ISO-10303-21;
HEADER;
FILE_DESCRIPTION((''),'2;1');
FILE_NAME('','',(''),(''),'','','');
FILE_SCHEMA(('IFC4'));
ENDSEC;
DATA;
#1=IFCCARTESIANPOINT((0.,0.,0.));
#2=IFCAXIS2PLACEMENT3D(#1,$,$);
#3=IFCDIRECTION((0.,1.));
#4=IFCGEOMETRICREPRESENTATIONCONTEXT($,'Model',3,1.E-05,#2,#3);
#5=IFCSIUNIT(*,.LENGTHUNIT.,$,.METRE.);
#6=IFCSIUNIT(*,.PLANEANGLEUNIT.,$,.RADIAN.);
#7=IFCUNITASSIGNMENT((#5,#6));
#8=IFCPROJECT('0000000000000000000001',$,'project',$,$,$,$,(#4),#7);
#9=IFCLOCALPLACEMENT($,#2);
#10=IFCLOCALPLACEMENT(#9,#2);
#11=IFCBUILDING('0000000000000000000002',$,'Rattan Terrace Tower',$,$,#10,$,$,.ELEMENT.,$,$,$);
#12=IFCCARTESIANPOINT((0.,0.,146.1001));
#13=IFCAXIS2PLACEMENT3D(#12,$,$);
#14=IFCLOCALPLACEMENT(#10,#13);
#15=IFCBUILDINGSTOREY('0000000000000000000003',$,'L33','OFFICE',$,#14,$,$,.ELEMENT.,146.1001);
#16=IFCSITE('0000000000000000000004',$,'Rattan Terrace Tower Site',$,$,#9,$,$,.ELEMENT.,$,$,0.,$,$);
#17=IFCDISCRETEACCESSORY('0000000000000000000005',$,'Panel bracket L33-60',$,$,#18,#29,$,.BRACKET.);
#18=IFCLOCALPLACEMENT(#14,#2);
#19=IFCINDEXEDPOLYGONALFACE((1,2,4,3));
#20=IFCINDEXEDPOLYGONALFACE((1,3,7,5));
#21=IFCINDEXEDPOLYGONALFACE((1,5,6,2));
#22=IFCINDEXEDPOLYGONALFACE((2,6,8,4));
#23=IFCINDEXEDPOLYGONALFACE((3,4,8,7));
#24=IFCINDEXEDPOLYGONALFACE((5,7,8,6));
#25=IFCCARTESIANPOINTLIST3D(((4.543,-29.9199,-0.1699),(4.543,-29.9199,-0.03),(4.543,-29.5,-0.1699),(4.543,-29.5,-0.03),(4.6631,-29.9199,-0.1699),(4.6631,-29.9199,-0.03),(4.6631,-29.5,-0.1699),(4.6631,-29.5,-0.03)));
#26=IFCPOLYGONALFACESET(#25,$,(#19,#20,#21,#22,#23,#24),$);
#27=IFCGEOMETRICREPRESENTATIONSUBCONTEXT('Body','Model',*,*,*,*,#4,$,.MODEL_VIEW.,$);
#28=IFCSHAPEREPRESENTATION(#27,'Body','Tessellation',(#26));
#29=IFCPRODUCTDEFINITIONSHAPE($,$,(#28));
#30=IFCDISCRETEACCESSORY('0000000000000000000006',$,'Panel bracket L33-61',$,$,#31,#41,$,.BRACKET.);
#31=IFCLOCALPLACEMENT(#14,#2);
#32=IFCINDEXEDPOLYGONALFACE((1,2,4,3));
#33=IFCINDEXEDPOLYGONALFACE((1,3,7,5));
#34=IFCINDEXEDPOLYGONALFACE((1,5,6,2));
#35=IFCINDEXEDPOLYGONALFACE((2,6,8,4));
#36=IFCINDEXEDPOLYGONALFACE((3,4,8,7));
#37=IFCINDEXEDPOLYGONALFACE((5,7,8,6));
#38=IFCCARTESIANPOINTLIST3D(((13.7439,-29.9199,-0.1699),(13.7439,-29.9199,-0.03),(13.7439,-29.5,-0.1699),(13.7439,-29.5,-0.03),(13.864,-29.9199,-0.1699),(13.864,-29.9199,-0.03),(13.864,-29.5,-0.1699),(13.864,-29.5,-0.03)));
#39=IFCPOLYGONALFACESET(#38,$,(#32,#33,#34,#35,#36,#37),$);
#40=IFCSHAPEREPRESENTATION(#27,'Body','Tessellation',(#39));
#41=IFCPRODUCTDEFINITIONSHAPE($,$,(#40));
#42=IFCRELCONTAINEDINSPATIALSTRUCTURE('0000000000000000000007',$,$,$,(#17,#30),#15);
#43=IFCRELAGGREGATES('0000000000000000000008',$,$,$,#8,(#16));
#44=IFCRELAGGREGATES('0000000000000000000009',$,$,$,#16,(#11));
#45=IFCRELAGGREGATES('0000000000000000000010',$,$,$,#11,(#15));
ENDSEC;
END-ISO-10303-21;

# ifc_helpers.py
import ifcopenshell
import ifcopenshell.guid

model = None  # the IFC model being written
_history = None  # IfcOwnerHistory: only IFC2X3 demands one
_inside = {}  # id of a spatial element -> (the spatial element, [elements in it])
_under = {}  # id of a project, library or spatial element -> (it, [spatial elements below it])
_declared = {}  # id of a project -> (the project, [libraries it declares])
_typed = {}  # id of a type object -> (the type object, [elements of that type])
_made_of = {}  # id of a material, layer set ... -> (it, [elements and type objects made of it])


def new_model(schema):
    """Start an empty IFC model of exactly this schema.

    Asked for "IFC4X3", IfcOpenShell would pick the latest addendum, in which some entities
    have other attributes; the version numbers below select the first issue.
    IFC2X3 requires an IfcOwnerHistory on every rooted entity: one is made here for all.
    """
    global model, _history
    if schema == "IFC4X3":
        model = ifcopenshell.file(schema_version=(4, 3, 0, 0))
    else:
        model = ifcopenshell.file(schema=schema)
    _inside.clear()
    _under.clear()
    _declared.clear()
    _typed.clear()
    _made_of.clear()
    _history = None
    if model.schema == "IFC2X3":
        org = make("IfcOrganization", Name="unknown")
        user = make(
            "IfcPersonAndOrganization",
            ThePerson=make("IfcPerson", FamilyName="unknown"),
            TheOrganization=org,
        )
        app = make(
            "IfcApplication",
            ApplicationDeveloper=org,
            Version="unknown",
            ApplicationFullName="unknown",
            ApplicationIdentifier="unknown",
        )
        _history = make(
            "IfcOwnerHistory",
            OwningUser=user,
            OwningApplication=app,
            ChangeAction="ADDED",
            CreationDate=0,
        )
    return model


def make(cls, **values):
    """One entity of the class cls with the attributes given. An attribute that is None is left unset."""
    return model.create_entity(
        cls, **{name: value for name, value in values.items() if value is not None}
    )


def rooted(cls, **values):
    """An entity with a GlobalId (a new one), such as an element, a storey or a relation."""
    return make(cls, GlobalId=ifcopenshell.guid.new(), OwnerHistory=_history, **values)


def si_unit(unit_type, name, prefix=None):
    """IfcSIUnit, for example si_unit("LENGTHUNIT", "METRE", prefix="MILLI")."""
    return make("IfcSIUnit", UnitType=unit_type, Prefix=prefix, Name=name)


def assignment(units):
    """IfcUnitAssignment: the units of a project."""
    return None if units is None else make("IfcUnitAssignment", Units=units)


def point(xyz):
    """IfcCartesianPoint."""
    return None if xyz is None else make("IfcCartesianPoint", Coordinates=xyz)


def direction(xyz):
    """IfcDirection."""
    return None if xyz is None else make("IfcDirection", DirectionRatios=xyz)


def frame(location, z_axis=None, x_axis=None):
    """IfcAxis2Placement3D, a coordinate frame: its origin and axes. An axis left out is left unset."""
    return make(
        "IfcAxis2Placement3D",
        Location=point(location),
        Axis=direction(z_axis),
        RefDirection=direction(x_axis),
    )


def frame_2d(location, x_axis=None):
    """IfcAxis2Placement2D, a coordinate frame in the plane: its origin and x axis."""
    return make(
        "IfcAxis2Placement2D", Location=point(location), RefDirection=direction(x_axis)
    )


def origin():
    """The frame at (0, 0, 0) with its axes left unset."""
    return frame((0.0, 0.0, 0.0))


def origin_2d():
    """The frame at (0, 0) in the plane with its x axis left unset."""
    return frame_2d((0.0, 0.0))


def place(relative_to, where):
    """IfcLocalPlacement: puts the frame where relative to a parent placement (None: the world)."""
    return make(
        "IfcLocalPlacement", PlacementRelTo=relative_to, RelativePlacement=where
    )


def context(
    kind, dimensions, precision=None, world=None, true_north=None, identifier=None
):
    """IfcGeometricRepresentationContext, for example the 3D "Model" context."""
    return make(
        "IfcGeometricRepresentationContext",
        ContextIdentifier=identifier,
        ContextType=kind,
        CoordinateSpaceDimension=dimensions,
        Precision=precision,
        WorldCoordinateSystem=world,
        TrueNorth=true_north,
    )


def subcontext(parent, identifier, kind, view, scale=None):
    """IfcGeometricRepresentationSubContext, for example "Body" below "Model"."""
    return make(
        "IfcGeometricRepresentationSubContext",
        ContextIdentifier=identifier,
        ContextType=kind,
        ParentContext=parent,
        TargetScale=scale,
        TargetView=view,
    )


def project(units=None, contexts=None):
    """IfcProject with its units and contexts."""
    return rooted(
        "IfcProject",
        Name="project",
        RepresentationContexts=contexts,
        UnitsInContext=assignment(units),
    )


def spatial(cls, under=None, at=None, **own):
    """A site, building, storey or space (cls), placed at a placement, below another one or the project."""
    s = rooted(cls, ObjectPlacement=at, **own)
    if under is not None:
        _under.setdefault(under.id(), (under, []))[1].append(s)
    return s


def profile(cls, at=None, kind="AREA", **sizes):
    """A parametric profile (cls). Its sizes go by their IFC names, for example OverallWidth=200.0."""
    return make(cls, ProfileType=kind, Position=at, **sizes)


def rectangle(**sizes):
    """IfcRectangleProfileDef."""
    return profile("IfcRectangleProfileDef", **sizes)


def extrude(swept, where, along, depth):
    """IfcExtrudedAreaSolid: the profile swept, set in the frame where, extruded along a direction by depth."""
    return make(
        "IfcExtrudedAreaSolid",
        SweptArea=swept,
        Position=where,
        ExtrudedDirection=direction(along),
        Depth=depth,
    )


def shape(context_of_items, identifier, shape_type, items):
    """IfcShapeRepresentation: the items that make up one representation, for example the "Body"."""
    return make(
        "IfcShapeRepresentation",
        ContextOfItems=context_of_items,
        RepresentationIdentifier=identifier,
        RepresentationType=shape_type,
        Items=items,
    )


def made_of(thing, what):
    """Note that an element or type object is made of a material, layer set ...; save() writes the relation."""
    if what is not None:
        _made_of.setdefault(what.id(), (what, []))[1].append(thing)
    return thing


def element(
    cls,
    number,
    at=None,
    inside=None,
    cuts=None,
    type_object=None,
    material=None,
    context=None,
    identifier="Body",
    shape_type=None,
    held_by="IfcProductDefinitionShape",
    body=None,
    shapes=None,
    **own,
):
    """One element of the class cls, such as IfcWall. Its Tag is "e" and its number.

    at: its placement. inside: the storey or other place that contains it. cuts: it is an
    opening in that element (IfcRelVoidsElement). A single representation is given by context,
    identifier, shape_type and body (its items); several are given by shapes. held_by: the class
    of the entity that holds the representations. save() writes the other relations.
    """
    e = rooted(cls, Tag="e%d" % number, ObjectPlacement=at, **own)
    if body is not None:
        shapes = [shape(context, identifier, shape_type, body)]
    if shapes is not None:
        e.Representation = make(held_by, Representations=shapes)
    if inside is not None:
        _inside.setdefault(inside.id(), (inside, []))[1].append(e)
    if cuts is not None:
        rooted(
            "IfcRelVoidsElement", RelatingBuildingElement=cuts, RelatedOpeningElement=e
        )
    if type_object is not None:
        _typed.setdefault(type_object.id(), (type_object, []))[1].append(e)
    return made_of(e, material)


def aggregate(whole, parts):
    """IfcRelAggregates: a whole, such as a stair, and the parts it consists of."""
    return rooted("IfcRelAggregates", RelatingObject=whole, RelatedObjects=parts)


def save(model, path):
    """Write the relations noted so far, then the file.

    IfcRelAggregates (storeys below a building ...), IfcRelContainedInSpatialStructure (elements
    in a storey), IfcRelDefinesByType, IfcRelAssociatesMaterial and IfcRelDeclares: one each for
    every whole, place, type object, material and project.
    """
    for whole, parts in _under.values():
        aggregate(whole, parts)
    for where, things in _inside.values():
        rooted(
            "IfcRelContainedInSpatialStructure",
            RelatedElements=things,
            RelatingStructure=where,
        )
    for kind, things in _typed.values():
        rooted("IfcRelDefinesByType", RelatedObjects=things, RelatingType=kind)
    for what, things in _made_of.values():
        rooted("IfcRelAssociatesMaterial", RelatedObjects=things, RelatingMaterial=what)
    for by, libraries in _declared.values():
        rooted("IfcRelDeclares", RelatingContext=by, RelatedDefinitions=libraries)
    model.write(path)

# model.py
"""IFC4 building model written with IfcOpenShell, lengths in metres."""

from ifc_helpers import new_model, si_unit, direction, frame, origin, origin_2d, place, context, subcontext, project, spatial, rectangle, extrude, element, save


model = new_model("IFC4")

# Units and contexts
model_context = context("Model", 3, precision=1e-05, world=origin(), true_north=direction((0.0, 1.0)))
body_context = subcontext(model_context, "Body", "Model", "MODEL_VIEW")
ifc_project = project(units=[si_unit("LENGTHUNIT", "METRE"), si_unit("PLANEANGLEUNIT", "RADIAN")], contexts=[model_context])

# Site, building, storey
site_placement = place(None, origin())
site = spatial("IfcSite", under=ifc_project, at=site_placement, Name="Rattan Terrace Tower Site", CompositionType="ELEMENT", RefElevation=0.0)
building_placement = place(site_placement, origin())
building = spatial("IfcBuilding", under=site, at=building_placement, Name="Rattan Terrace Tower", CompositionType="ELEMENT")
storey_placement = place(building_placement, frame((0.0, 0.0, 146.1001)))
storey = spatial("IfcBuildingStorey", under=building, at=storey_placement, Name="L33", Description="OFFICE", CompositionType="ELEMENT", Elevation=146.1001)

# Discrete accessories
for number, where, z_axis, x_axis, name in (
    (1, (4.603, -29.71, -0.1699), (0.0, 0.0, 1.0), (1.0, 0.0, 0.0), "Panel bracket L33-60"),
    (2, (13.804, -29.71, -0.1699), (0.0, 0.0, 1.0), (1.0, 0.0, 0.0), "Panel bracket L33-61"),
):
    element("IfcDiscreteAccessory", number, at=place(storey_placement, frame(where, z_axis=z_axis, x_axis=x_axis)), inside=storey, Name=name, PredefinedType="BRACKET", context=body_context, shape_type="SweptSolid", body=[
        extrude(rectangle(XDim=0.1201, YDim=0.4199, at=origin_2d()), origin(), (0.0, 0.0, 1.0), 0.1399),
    ])

save(model, "model.ifc")
